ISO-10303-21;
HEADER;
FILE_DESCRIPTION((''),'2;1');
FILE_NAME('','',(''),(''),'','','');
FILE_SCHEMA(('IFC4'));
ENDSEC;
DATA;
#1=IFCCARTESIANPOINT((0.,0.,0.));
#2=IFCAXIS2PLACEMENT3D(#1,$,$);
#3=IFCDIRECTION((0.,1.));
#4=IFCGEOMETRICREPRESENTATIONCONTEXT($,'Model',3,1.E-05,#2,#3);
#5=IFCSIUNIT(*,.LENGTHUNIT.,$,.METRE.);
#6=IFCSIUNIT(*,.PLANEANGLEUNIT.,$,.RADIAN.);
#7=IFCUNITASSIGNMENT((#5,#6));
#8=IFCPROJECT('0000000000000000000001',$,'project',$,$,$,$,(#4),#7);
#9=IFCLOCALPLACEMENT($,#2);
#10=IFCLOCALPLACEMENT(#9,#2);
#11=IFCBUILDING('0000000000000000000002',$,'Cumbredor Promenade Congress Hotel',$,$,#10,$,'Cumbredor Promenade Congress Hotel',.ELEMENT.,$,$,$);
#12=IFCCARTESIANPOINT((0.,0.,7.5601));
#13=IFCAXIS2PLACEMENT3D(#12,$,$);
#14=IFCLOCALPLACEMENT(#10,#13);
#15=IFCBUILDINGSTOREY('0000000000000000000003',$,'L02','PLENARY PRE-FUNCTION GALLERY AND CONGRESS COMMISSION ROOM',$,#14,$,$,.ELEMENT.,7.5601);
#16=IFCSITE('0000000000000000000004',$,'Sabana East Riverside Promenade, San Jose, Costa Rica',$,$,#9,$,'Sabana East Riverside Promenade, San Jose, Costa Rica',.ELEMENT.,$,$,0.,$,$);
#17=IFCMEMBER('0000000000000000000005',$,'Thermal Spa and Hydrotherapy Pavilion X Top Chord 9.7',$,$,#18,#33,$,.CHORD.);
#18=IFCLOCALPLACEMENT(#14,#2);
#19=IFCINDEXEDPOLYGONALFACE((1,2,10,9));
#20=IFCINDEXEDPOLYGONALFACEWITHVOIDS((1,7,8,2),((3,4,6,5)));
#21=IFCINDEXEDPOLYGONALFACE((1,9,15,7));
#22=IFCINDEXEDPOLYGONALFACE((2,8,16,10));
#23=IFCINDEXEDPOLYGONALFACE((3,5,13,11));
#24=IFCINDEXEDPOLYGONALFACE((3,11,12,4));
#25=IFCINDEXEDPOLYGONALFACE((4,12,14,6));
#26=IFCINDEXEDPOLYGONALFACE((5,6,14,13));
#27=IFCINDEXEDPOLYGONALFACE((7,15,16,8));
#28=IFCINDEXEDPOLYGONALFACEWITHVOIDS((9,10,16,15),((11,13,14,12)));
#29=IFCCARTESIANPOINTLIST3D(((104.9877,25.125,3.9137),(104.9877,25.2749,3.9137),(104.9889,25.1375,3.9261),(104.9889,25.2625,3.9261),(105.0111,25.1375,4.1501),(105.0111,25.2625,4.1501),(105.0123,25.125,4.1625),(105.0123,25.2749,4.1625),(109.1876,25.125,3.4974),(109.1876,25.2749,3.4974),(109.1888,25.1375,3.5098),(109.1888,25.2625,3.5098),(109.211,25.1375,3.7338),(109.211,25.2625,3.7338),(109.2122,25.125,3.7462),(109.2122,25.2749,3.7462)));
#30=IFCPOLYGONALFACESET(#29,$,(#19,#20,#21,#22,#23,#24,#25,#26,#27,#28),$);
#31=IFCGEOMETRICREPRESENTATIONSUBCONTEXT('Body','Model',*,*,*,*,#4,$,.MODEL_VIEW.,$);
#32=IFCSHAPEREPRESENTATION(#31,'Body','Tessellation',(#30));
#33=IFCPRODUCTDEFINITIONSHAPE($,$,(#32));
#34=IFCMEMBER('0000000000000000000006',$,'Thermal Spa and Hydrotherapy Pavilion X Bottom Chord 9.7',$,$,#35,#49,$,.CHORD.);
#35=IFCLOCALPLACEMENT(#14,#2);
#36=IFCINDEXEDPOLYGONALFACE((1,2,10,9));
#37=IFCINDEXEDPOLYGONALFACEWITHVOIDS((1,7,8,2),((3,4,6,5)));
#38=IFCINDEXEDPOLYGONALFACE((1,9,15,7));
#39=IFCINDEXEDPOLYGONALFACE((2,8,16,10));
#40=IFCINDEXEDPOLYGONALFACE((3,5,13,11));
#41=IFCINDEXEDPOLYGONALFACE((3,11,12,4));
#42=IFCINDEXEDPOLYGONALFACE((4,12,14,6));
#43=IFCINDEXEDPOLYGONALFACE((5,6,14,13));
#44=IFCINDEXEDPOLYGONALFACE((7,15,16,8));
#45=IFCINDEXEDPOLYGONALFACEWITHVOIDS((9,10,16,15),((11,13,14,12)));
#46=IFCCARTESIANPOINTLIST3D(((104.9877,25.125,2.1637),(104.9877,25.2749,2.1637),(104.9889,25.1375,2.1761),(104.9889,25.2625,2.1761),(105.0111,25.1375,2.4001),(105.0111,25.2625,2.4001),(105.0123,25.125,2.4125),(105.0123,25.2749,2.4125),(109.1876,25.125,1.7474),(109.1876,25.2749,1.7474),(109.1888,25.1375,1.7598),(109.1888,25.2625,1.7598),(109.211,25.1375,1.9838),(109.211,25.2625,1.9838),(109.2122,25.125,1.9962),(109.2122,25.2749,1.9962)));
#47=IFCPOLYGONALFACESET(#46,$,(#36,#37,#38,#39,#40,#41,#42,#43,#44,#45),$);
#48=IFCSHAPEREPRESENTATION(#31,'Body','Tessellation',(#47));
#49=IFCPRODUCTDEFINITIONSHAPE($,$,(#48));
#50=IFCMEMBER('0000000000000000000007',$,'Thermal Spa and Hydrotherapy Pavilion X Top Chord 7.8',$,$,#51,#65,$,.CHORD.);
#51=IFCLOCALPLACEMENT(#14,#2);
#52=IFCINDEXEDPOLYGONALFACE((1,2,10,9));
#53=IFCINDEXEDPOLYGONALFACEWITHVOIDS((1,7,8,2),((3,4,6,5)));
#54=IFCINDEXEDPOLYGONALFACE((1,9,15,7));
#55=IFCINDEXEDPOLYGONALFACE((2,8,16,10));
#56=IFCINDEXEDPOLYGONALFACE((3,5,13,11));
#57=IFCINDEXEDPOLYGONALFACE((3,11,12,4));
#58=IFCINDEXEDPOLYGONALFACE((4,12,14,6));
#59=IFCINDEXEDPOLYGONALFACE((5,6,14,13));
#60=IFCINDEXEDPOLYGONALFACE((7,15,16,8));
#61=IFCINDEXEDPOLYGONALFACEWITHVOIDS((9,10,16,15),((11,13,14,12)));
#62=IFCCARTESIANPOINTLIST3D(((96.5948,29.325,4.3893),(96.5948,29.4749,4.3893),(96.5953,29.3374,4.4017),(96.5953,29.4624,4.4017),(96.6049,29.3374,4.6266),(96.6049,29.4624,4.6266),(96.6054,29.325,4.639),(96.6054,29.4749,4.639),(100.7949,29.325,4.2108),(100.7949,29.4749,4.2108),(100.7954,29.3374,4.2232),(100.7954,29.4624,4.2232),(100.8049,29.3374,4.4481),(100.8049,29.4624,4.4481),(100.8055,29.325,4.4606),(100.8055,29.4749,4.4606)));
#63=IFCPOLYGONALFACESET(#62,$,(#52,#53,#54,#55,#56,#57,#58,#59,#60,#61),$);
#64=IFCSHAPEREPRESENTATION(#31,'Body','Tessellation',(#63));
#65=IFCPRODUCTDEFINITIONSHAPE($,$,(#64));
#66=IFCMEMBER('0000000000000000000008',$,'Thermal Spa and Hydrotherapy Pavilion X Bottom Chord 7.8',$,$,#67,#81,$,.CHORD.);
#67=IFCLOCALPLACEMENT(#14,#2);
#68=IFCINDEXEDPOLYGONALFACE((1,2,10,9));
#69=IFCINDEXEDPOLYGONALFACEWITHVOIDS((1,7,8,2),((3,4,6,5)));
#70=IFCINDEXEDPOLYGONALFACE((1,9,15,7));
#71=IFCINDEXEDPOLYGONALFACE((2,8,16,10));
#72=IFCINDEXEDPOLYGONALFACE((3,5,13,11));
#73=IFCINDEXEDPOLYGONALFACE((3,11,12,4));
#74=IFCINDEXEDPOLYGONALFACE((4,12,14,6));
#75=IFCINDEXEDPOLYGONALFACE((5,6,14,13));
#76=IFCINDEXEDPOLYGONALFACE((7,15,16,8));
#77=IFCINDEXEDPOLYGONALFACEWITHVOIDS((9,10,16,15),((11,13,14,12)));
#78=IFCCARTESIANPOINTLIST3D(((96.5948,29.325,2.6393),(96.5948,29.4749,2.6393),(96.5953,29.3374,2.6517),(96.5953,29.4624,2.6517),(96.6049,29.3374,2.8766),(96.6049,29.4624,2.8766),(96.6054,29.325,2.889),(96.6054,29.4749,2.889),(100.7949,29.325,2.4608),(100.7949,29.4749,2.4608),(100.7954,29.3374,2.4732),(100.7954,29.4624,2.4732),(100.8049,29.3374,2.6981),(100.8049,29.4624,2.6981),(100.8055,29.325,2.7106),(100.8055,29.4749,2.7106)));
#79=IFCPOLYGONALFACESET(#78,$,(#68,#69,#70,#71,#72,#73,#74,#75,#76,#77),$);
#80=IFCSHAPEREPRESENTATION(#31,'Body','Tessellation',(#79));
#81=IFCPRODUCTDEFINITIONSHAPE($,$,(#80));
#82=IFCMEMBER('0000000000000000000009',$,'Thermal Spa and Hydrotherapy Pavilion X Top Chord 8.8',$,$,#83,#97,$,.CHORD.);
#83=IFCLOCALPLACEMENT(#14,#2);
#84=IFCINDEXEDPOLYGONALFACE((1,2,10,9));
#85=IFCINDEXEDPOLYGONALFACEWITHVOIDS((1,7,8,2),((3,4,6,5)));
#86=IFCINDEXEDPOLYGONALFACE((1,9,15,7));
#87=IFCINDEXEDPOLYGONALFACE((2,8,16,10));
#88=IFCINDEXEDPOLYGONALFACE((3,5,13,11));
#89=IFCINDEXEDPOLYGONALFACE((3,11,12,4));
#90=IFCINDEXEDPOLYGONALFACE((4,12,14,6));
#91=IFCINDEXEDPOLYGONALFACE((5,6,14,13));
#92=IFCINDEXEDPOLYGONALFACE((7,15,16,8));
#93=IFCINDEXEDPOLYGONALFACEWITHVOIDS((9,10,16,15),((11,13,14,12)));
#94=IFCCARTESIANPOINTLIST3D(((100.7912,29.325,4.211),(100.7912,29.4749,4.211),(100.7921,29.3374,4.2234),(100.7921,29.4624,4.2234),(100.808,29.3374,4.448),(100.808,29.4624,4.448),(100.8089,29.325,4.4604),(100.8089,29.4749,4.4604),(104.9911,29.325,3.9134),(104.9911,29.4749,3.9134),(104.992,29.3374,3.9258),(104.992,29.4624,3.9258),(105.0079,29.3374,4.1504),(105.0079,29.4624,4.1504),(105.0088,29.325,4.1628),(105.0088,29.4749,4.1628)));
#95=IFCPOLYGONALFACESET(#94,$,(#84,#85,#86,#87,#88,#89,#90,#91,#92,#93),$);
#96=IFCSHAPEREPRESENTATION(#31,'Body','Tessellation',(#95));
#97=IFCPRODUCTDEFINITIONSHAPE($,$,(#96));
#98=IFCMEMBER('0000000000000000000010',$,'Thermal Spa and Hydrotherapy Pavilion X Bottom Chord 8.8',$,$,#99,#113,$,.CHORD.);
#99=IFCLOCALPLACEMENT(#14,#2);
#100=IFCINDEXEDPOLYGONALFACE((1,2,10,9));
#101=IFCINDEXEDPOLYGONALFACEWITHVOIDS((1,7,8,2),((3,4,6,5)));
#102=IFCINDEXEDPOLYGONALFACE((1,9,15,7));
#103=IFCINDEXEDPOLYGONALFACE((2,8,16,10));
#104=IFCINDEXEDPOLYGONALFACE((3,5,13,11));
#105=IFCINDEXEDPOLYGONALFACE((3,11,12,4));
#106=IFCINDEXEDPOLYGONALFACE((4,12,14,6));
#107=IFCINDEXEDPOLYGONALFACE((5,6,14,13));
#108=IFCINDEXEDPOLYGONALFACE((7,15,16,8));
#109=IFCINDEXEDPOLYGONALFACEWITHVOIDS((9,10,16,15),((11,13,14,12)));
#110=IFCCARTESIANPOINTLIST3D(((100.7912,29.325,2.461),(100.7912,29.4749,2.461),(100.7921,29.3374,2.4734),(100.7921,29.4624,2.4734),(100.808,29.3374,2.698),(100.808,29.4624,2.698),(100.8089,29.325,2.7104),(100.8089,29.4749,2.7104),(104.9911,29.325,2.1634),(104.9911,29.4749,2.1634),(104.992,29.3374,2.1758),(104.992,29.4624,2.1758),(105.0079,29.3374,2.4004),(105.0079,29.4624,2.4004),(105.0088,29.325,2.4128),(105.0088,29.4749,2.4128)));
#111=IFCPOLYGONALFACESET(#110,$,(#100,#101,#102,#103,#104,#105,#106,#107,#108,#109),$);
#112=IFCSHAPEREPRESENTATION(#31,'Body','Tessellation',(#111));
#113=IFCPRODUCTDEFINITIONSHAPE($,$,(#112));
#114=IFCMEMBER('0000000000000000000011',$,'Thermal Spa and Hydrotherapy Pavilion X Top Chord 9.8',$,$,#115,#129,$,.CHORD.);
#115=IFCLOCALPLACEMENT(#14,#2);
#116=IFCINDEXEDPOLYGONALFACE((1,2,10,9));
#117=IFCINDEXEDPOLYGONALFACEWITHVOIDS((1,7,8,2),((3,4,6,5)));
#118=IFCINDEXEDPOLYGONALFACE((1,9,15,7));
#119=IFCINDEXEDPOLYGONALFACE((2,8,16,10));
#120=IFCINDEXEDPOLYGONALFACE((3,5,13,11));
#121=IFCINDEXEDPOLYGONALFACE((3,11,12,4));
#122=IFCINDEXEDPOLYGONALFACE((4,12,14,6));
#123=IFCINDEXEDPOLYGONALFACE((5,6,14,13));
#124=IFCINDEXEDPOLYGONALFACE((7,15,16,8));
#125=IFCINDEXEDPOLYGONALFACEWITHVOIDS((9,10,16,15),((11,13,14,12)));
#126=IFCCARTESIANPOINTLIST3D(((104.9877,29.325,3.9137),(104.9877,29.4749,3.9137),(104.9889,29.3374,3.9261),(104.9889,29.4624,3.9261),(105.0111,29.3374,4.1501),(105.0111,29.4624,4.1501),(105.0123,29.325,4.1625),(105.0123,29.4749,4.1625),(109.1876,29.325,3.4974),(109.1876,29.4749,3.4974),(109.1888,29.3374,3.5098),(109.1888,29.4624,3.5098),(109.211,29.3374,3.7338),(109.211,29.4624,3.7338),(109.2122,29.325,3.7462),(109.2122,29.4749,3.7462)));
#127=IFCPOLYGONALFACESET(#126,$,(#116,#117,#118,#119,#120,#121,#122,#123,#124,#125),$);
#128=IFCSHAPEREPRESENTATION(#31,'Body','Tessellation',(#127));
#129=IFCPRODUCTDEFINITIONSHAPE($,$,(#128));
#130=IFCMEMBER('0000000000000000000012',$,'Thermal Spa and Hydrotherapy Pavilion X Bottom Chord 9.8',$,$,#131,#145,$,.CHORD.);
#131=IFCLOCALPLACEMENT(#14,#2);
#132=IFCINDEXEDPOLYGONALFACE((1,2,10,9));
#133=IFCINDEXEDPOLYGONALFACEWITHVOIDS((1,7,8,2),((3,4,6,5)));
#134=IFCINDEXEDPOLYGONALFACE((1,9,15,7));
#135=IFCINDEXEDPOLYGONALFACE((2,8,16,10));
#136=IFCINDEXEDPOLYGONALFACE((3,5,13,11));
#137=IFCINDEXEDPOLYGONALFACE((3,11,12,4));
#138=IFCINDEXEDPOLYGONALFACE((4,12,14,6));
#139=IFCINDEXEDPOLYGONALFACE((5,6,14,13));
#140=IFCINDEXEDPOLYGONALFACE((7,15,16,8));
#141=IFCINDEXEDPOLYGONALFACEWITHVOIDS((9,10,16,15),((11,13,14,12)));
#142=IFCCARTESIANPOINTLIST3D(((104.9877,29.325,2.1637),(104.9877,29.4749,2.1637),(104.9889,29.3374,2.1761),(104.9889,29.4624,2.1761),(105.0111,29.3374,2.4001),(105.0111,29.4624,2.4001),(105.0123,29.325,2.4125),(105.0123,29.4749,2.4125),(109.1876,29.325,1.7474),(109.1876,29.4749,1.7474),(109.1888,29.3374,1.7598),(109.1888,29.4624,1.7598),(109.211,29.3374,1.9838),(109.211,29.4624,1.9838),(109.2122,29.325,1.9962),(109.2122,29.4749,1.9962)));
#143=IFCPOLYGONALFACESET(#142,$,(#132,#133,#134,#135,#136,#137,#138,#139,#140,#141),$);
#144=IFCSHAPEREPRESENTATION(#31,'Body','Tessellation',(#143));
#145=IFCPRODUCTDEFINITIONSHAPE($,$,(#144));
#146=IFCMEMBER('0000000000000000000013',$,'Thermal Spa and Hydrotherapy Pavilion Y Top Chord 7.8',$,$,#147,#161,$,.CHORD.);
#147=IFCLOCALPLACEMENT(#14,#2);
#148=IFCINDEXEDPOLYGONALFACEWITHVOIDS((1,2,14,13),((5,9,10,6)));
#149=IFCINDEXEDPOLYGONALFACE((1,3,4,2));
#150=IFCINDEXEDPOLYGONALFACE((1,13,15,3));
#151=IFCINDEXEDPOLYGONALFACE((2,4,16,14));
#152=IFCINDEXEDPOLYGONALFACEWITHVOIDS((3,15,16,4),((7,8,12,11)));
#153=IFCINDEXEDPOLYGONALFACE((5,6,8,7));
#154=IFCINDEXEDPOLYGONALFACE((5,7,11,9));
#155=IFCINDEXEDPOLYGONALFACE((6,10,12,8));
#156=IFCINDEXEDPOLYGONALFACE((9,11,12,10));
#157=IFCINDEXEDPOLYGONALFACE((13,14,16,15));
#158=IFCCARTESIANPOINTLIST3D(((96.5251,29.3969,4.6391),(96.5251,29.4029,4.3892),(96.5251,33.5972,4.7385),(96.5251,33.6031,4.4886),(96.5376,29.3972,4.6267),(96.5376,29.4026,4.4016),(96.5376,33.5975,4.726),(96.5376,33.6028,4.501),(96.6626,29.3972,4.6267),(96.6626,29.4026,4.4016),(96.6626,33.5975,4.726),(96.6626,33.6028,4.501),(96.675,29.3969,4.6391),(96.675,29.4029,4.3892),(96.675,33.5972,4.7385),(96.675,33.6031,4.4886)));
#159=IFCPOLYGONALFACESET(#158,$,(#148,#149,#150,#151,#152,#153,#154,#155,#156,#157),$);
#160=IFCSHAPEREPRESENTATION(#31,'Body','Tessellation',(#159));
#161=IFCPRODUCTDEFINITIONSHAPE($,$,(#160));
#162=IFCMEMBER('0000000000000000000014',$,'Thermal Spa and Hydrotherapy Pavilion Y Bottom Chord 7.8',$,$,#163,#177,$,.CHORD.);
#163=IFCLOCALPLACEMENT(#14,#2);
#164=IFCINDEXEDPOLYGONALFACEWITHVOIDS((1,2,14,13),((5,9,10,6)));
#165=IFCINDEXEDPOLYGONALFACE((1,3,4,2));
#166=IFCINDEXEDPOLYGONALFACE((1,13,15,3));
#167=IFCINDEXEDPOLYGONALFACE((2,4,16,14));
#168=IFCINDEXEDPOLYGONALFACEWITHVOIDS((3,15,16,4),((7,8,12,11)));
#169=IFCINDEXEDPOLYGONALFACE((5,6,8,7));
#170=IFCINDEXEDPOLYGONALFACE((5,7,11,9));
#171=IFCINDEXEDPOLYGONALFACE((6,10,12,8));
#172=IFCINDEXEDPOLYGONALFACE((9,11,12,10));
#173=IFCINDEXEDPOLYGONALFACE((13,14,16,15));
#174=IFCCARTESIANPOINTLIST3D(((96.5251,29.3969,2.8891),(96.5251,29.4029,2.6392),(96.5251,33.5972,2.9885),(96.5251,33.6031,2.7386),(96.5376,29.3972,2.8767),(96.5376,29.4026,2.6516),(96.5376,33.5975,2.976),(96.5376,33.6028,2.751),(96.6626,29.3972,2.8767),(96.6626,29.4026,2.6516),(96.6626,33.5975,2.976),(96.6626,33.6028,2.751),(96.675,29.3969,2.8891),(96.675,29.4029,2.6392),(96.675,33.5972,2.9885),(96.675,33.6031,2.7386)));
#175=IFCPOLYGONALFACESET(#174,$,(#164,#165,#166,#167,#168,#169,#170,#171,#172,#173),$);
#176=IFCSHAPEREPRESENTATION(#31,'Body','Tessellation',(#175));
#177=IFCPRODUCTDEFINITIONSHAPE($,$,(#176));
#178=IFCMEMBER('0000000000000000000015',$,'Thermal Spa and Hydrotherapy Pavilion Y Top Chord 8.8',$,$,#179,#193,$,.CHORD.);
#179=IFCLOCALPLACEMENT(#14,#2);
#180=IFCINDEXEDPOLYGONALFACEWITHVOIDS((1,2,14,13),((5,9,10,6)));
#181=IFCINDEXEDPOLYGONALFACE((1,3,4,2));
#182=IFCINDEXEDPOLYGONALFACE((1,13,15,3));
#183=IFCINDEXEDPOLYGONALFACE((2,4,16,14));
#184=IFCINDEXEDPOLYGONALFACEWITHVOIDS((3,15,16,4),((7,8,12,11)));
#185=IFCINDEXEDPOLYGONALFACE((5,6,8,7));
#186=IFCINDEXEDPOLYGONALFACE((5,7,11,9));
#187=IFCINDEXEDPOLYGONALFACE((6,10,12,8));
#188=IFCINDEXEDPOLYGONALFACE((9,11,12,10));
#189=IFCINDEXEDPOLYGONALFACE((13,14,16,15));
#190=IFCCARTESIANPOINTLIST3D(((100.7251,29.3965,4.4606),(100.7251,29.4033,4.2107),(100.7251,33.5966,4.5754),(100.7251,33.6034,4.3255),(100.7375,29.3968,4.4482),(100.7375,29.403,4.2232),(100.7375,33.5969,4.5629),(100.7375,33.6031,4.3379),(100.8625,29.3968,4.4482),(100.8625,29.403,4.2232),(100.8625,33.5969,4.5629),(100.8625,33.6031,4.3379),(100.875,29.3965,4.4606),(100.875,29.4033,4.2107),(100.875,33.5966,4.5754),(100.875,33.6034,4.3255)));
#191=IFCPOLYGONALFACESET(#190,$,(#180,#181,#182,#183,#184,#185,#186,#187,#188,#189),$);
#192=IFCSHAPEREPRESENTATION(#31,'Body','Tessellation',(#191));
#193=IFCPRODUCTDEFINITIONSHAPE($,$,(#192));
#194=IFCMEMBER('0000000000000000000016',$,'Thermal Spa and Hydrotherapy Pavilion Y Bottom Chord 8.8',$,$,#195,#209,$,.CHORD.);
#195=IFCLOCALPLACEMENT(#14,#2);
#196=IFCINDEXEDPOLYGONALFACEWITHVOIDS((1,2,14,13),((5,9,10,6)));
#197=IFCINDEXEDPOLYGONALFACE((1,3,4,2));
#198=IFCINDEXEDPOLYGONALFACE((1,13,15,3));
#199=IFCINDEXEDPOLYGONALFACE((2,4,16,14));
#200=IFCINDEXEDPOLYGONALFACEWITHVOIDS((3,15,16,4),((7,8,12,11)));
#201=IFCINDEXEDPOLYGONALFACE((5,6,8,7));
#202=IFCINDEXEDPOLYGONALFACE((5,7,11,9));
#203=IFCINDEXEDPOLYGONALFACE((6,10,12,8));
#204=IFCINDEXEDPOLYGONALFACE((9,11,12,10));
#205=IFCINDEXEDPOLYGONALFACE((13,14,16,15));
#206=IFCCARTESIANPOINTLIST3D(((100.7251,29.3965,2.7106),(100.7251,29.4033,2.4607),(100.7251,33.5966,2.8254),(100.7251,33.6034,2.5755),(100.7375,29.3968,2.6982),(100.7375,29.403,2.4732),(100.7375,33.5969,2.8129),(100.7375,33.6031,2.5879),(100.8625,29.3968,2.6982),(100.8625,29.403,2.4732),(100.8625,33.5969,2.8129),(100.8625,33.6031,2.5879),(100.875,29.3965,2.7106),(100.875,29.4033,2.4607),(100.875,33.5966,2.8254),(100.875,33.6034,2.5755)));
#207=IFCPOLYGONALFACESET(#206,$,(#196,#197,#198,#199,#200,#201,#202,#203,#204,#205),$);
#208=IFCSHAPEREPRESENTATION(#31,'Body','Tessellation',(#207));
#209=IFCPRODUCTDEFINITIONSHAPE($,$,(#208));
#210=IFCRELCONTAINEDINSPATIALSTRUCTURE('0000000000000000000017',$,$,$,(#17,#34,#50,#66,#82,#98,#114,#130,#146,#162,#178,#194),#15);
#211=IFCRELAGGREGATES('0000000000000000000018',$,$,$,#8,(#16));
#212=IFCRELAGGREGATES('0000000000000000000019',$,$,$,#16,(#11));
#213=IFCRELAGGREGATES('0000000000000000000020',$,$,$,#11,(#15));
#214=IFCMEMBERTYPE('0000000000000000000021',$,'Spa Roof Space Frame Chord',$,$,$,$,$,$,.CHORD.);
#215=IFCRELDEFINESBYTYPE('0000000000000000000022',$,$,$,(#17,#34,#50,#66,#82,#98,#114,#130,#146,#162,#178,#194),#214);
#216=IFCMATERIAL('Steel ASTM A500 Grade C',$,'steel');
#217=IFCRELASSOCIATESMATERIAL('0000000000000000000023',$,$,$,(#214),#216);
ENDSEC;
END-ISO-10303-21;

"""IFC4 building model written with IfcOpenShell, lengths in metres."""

from ifc_helpers import new_model, si_unit, direction, frame, origin, origin_2d, place, context, subcontext, project, spatial, hollow_rectangle, extrude, material, material_profile, profile_set, type_object, element, save


model = new_model("IFC4")

# Units and contexts
model_context = context("Model", 3, precision=1e-05, world=origin(), true_north=direction((0.0, 1.0)))
body_context = subcontext(model_context, "Body", "Model", "MODEL_VIEW")
ifc_project = project(units=[si_unit("LENGTHUNIT", "METRE"), si_unit("PLANEANGLEUNIT", "RADIAN")], contexts=[model_context])

# Site, building, storey
site_placement = place(None, origin())
site = spatial("IfcSite", under=ifc_project, at=site_placement, Name="Sabana East Riverside Promenade, San Jose, Costa Rica", LongName="Sabana East Riverside Promenade, San Jose, Costa Rica", CompositionType="ELEMENT", RefElevation=0.0)
building_placement = place(site_placement, origin())
building = spatial("IfcBuilding", under=site, at=building_placement, Name="Cumbredor Promenade Congress Hotel", LongName="Cumbredor Promenade Congress Hotel", CompositionType="ELEMENT")
storey_placement = place(building_placement, frame((0.0, 0.0, 7.5601)))
storey = spatial("IfcBuildingStorey", under=building, at=storey_placement, Name="L02", Description="PLENARY PRE-FUNCTION GALLERY AND CONGRESS COMMISSION ROOM", CompositionType="ELEMENT", Elevation=7.5601)

# Members
ifc_material_1 = material(Name="Steel ASTM A500 Grade C", Category="steel")
ifc_material_profile_1 = material_profile(ifc_material_1, hollow_rectangle(XDim=0.1499, YDim=0.25, WallThickness=0.0125, at=origin_2d()), Name="HSS 250x150x12.5")
ifc_profile_set_1 = profile_set([ifc_material_profile_1], Name="Steel ASTM A500 Grade C")
member_type_1 = type_object("IfcMemberType", Name="Spa Roof Space Frame Chord", PredefinedType="CHORD", material=ifc_profile_set_1)
for number, where, z_axis, x_axis, name in (
    (1, (105.0, 25.2, 4.0381), (0.995124, 0.0, -0.098627), (0.0, 1.0, 0.0), "Thermal Spa and Hydrotherapy Pavilion X Top Chord 9.7"),
    (2, (105.0, 25.2, 2.2881), (0.995124, 0.0, -0.098627), (0.0, 1.0, 0.0), "Thermal Spa and Hydrotherapy Pavilion X Bottom Chord 9.7"),
):
    element("IfcMember", number, at=place(storey_placement, frame(where, z_axis=z_axis, x_axis=x_axis)), inside=storey, type_object=member_type_1, Name=name, PredefinedType="CHORD", context=body_context, shape_type="SweptSolid", body=[
        extrude(hollow_rectangle(XDim=0.1499, YDim=0.25, WallThickness=0.0125, at=origin_2d()), origin(), (0.0, 0.0, 1.0), 4.2205),
    ])
for number, where, z_axis, x_axis, name in (
    (3, (96.6001, 29.3999, 4.5142), (0.999098, 0.0, -0.042454), (0.0, 1.0, 0.0), "Thermal Spa and Hydrotherapy Pavilion X Top Chord 7.8"),
    (4, (96.6001, 29.3999, 2.7642), (0.999098, 0.0, -0.042454), (0.0, 1.0, 0.0), "Thermal Spa and Hydrotherapy Pavilion X Bottom Chord 7.8"),
):
    element("IfcMember", number, at=place(storey_placement, frame(where, z_axis=z_axis, x_axis=x_axis)), inside=storey, type_object=member_type_1, Name=name, PredefinedType="CHORD", context=body_context, shape_type="SweptSolid", body=[
        extrude(hollow_rectangle(XDim=0.1499, YDim=0.25, WallThickness=0.0125, at=origin_2d()), origin(), (0.0, 0.0, 1.0), 4.2039),
    ])
for number, where, z_axis, x_axis, name in (
    (5, (100.8, 29.3999, 4.3357), (0.997499, 0.0, -0.070683), (0.0, 1.0, 0.0), "Thermal Spa and Hydrotherapy Pavilion X Top Chord 8.8"),
    (6, (100.8, 29.3999, 2.5857), (0.997499, 0.0, -0.070683), (0.0, 1.0, 0.0), "Thermal Spa and Hydrotherapy Pavilion X Bottom Chord 8.8"),
):
    element("IfcMember", number, at=place(storey_placement, frame(where, z_axis=z_axis, x_axis=x_axis)), inside=storey, type_object=member_type_1, Name=name, PredefinedType="CHORD", context=body_context, shape_type="SweptSolid", body=[
        extrude(hollow_rectangle(XDim=0.1499, YDim=0.25, WallThickness=0.0125, at=origin_2d()), origin(), (0.0, 0.0, 1.0), 4.2104),
    ])
for number, where, z_axis, x_axis, name in (
    (7, (105.0, 29.3999, 4.0381), (0.995124, 0.0, -0.098627), (0.0, 1.0, 0.0), "Thermal Spa and Hydrotherapy Pavilion X Top Chord 9.8"),
    (8, (105.0, 29.3999, 2.2881), (0.995124, 0.0, -0.098627), (0.0, 1.0, 0.0), "Thermal Spa and Hydrotherapy Pavilion X Bottom Chord 9.8"),
):
    element("IfcMember", number, at=place(storey_placement, frame(where, z_axis=z_axis, x_axis=x_axis)), inside=storey, type_object=member_type_1, Name=name, PredefinedType="CHORD", context=body_context, shape_type="SweptSolid", body=[
        extrude(hollow_rectangle(XDim=0.1499, YDim=0.25, WallThickness=0.0125, at=origin_2d()), origin(), (0.0, 0.0, 1.0), 4.2205),
    ])
for number, where, z_axis, x_axis, name in (
    (9, (96.6001, 29.3999, 4.5142), (0.0, 0.99972, 0.023651), (-1.0, 0.0, 0.0), "Thermal Spa and Hydrotherapy Pavilion Y Top Chord 7.8"),
    (10, (96.6001, 29.3999, 2.7642), (0.0, 0.99972, 0.023651), (-1.0, 0.0, 0.0), "Thermal Spa and Hydrotherapy Pavilion Y Bottom Chord 7.8"),
):
    element("IfcMember", number, at=place(storey_placement, frame(where, z_axis=z_axis, x_axis=x_axis)), inside=storey, type_object=member_type_1, Name=name, PredefinedType="CHORD", context=body_context, shape_type="SweptSolid", body=[
        extrude(hollow_rectangle(XDim=0.1499, YDim=0.25, WallThickness=0.0125, at=origin_2d()), origin(), (0.0, 0.0, 1.0), 4.2014),
    ])
for number, where, z_axis, x_axis, name in (
    (11, (100.8, 29.3999, 4.3357), (0.0, 0.999627, 0.027309), (-1.0, 0.0, 0.0), "Thermal Spa and Hydrotherapy Pavilion Y Top Chord 8.8"),
    (12, (100.8, 29.3999, 2.5857), (0.0, 0.999627, 0.027309), (-1.0, 0.0, 0.0), "Thermal Spa and Hydrotherapy Pavilion Y Bottom Chord 8.8"),
):
    element("IfcMember", number, at=place(storey_placement, frame(where, z_axis=z_axis, x_axis=x_axis)), inside=storey, type_object=member_type_1, Name=name, PredefinedType="CHORD", context=body_context, shape_type="SweptSolid", body=[
        extrude(hollow_rectangle(XDim=0.1499, YDim=0.25, WallThickness=0.0125, at=origin_2d()), origin(), (0.0, 0.0, 1.0), 4.2017),
    ])

save(model, "model.ifc")
